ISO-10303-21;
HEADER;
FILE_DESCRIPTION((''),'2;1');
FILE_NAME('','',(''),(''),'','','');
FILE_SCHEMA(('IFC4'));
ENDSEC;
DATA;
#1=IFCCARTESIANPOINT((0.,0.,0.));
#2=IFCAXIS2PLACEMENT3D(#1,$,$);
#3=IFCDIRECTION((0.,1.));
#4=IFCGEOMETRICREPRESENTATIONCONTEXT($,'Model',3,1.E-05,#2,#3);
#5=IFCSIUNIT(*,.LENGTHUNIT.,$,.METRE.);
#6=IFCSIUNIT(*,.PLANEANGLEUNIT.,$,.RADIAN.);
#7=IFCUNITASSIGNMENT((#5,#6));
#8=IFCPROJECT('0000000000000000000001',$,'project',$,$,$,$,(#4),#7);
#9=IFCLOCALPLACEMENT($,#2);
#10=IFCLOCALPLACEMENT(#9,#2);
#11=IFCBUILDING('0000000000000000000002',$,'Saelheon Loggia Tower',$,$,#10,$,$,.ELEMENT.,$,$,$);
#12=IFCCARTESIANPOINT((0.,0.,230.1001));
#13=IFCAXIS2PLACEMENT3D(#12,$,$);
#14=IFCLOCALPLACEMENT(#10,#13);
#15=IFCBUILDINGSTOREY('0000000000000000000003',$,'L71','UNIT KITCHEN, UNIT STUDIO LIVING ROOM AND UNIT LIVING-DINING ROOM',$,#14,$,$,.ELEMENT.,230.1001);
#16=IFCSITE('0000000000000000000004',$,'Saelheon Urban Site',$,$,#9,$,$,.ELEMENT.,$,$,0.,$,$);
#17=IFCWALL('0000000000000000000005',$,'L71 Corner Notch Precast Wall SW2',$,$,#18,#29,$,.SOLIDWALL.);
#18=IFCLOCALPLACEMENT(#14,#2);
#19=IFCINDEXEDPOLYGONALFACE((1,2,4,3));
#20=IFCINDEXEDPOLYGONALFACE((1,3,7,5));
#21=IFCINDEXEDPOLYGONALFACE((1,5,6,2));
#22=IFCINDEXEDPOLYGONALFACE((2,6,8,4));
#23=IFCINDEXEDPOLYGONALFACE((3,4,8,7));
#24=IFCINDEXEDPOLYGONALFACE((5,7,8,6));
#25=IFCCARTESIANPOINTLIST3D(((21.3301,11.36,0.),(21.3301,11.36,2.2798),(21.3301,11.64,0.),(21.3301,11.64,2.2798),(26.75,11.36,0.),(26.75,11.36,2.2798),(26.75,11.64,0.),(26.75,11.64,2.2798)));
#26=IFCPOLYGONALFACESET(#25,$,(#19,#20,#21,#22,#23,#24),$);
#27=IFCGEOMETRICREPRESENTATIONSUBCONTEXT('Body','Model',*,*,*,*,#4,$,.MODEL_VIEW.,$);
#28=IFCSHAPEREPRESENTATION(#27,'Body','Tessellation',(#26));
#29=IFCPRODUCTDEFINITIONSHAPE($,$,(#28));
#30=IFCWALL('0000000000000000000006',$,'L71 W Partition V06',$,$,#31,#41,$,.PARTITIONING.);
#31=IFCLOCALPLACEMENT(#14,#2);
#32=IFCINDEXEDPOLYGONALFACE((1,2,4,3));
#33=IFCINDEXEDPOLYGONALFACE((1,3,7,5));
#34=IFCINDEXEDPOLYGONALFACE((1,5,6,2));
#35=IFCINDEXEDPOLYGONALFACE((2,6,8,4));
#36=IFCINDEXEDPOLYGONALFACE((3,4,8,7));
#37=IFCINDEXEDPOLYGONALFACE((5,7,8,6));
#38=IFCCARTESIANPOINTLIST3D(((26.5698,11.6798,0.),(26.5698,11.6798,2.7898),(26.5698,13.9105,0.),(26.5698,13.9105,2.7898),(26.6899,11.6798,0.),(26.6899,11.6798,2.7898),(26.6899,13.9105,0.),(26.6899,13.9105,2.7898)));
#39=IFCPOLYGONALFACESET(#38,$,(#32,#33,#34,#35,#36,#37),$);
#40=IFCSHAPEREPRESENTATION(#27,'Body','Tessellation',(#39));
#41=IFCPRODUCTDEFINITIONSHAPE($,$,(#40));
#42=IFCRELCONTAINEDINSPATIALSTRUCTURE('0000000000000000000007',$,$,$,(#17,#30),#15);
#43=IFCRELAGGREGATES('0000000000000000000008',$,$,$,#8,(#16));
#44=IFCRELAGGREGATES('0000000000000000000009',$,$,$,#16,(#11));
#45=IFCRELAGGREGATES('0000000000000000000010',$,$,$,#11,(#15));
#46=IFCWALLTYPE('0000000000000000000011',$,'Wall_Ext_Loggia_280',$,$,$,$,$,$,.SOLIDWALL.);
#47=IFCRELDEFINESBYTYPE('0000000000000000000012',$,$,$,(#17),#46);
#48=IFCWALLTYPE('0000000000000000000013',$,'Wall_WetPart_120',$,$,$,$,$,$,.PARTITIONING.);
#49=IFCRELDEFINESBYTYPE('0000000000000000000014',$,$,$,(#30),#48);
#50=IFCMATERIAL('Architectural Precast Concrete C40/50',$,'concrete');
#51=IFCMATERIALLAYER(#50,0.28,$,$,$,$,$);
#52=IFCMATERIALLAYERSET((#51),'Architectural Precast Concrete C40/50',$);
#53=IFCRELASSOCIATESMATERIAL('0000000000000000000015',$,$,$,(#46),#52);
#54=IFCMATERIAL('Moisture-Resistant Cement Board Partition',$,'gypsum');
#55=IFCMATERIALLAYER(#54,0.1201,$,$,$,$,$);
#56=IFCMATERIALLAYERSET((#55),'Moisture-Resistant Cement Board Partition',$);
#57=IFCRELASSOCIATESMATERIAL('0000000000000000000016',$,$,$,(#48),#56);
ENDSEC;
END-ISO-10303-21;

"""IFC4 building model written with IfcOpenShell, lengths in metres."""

from ifc_helpers import new_model, si_unit, direction, frame, frame_2d, origin, place, context, subcontext, project, spatial, rectangle, extrude, material, layer, layer_set, type_object, element, save


model = new_model("IFC4")

# Units and contexts
model_context = context("Model", 3, precision=1e-05, world=origin(), true_north=direction((0.0, 1.0)))
body_context = subcontext(model_context, "Body", "Model", "MODEL_VIEW")
ifc_project = project(units=[si_unit("LENGTHUNIT", "METRE"), si_unit("PLANEANGLEUNIT", "RADIAN")], contexts=[model_context])

# Site, building, storey
site_placement = place(None, origin())
site = spatial("IfcSite", under=ifc_project, at=site_placement, Name="Saelheon Urban Site", CompositionType="ELEMENT", RefElevation=0.0)
building_placement = place(site_placement, origin())
building = spatial("IfcBuilding", under=site, at=building_placement, Name="Saelheon Loggia Tower", CompositionType="ELEMENT")
storey_placement = place(building_placement, frame((0.0, 0.0, 230.1001)))
storey = spatial("IfcBuildingStorey", under=building, at=storey_placement, Name="L71", Description="UNIT KITCHEN, UNIT STUDIO LIVING ROOM AND UNIT LIVING-DINING ROOM", CompositionType="ELEMENT", Elevation=230.1001)

# Shared definitions
ifc_material_1 = material(Name="Architectural Precast Concrete C40/50", Category="concrete")
ifc_layer_1 = layer(ifc_material_1, 0.28)
ifc_layer_set_1 = layer_set([ifc_layer_1], Name="Architectural Precast Concrete C40/50")
wall_type_1 = type_object("IfcWallType", Name="Wall_Ext_Loggia_280", PredefinedType="SOLIDWALL", material=ifc_layer_set_1)

# Walls
for number, where, z_axis, x_axis, name in (
    (1, (21.3301, 11.5, 0.0), (0.0, 0.0, 1.0), (1.0, 0.0, 0.0), "L71 Corner Notch Precast Wall SW2"),
):
    element("IfcWall", number, at=place(storey_placement, frame(where, z_axis=z_axis, x_axis=x_axis)), inside=storey, type_object=wall_type_1, Name=name, PredefinedType="SOLIDWALL", context=body_context, shape_type="SweptSolid", body=[
        extrude(rectangle(XDim=5.4199, YDim=0.28, at=frame_2d((2.71, 0.0))), origin(), (0.0, 0.0, 1.0), 2.2798),
    ])
ifc_material_2 = material(Name="Moisture-Resistant Cement Board Partition", Category="gypsum")
ifc_layer_2 = layer(ifc_material_2, 0.1201)
ifc_layer_set_2 = layer_set([ifc_layer_2], Name="Moisture-Resistant Cement Board Partition")
wall_type_2 = type_object("IfcWallType", Name="Wall_WetPart_120", PredefinedType="PARTITIONING", material=ifc_layer_set_2)
wall_1_placement = place(storey_placement, frame((26.6299, 11.6799, 0.0), z_axis=(0.0, 0.0, 1.0), x_axis=(0.0, 1.0, 0.0)))
element("IfcWall", 2, at=wall_1_placement, inside=storey, type_object=wall_type_2, Name="L71 W Partition V06", PredefinedType="PARTITIONING", context=body_context, shape_type="SweptSolid", body=[
    extrude(rectangle(XDim=2.2307, YDim=0.1201, at=frame_2d((1.1152, 0.0))), origin(), (0.0, 0.0, 1.0), 2.7898),
])

save(model, "model.ifc")
